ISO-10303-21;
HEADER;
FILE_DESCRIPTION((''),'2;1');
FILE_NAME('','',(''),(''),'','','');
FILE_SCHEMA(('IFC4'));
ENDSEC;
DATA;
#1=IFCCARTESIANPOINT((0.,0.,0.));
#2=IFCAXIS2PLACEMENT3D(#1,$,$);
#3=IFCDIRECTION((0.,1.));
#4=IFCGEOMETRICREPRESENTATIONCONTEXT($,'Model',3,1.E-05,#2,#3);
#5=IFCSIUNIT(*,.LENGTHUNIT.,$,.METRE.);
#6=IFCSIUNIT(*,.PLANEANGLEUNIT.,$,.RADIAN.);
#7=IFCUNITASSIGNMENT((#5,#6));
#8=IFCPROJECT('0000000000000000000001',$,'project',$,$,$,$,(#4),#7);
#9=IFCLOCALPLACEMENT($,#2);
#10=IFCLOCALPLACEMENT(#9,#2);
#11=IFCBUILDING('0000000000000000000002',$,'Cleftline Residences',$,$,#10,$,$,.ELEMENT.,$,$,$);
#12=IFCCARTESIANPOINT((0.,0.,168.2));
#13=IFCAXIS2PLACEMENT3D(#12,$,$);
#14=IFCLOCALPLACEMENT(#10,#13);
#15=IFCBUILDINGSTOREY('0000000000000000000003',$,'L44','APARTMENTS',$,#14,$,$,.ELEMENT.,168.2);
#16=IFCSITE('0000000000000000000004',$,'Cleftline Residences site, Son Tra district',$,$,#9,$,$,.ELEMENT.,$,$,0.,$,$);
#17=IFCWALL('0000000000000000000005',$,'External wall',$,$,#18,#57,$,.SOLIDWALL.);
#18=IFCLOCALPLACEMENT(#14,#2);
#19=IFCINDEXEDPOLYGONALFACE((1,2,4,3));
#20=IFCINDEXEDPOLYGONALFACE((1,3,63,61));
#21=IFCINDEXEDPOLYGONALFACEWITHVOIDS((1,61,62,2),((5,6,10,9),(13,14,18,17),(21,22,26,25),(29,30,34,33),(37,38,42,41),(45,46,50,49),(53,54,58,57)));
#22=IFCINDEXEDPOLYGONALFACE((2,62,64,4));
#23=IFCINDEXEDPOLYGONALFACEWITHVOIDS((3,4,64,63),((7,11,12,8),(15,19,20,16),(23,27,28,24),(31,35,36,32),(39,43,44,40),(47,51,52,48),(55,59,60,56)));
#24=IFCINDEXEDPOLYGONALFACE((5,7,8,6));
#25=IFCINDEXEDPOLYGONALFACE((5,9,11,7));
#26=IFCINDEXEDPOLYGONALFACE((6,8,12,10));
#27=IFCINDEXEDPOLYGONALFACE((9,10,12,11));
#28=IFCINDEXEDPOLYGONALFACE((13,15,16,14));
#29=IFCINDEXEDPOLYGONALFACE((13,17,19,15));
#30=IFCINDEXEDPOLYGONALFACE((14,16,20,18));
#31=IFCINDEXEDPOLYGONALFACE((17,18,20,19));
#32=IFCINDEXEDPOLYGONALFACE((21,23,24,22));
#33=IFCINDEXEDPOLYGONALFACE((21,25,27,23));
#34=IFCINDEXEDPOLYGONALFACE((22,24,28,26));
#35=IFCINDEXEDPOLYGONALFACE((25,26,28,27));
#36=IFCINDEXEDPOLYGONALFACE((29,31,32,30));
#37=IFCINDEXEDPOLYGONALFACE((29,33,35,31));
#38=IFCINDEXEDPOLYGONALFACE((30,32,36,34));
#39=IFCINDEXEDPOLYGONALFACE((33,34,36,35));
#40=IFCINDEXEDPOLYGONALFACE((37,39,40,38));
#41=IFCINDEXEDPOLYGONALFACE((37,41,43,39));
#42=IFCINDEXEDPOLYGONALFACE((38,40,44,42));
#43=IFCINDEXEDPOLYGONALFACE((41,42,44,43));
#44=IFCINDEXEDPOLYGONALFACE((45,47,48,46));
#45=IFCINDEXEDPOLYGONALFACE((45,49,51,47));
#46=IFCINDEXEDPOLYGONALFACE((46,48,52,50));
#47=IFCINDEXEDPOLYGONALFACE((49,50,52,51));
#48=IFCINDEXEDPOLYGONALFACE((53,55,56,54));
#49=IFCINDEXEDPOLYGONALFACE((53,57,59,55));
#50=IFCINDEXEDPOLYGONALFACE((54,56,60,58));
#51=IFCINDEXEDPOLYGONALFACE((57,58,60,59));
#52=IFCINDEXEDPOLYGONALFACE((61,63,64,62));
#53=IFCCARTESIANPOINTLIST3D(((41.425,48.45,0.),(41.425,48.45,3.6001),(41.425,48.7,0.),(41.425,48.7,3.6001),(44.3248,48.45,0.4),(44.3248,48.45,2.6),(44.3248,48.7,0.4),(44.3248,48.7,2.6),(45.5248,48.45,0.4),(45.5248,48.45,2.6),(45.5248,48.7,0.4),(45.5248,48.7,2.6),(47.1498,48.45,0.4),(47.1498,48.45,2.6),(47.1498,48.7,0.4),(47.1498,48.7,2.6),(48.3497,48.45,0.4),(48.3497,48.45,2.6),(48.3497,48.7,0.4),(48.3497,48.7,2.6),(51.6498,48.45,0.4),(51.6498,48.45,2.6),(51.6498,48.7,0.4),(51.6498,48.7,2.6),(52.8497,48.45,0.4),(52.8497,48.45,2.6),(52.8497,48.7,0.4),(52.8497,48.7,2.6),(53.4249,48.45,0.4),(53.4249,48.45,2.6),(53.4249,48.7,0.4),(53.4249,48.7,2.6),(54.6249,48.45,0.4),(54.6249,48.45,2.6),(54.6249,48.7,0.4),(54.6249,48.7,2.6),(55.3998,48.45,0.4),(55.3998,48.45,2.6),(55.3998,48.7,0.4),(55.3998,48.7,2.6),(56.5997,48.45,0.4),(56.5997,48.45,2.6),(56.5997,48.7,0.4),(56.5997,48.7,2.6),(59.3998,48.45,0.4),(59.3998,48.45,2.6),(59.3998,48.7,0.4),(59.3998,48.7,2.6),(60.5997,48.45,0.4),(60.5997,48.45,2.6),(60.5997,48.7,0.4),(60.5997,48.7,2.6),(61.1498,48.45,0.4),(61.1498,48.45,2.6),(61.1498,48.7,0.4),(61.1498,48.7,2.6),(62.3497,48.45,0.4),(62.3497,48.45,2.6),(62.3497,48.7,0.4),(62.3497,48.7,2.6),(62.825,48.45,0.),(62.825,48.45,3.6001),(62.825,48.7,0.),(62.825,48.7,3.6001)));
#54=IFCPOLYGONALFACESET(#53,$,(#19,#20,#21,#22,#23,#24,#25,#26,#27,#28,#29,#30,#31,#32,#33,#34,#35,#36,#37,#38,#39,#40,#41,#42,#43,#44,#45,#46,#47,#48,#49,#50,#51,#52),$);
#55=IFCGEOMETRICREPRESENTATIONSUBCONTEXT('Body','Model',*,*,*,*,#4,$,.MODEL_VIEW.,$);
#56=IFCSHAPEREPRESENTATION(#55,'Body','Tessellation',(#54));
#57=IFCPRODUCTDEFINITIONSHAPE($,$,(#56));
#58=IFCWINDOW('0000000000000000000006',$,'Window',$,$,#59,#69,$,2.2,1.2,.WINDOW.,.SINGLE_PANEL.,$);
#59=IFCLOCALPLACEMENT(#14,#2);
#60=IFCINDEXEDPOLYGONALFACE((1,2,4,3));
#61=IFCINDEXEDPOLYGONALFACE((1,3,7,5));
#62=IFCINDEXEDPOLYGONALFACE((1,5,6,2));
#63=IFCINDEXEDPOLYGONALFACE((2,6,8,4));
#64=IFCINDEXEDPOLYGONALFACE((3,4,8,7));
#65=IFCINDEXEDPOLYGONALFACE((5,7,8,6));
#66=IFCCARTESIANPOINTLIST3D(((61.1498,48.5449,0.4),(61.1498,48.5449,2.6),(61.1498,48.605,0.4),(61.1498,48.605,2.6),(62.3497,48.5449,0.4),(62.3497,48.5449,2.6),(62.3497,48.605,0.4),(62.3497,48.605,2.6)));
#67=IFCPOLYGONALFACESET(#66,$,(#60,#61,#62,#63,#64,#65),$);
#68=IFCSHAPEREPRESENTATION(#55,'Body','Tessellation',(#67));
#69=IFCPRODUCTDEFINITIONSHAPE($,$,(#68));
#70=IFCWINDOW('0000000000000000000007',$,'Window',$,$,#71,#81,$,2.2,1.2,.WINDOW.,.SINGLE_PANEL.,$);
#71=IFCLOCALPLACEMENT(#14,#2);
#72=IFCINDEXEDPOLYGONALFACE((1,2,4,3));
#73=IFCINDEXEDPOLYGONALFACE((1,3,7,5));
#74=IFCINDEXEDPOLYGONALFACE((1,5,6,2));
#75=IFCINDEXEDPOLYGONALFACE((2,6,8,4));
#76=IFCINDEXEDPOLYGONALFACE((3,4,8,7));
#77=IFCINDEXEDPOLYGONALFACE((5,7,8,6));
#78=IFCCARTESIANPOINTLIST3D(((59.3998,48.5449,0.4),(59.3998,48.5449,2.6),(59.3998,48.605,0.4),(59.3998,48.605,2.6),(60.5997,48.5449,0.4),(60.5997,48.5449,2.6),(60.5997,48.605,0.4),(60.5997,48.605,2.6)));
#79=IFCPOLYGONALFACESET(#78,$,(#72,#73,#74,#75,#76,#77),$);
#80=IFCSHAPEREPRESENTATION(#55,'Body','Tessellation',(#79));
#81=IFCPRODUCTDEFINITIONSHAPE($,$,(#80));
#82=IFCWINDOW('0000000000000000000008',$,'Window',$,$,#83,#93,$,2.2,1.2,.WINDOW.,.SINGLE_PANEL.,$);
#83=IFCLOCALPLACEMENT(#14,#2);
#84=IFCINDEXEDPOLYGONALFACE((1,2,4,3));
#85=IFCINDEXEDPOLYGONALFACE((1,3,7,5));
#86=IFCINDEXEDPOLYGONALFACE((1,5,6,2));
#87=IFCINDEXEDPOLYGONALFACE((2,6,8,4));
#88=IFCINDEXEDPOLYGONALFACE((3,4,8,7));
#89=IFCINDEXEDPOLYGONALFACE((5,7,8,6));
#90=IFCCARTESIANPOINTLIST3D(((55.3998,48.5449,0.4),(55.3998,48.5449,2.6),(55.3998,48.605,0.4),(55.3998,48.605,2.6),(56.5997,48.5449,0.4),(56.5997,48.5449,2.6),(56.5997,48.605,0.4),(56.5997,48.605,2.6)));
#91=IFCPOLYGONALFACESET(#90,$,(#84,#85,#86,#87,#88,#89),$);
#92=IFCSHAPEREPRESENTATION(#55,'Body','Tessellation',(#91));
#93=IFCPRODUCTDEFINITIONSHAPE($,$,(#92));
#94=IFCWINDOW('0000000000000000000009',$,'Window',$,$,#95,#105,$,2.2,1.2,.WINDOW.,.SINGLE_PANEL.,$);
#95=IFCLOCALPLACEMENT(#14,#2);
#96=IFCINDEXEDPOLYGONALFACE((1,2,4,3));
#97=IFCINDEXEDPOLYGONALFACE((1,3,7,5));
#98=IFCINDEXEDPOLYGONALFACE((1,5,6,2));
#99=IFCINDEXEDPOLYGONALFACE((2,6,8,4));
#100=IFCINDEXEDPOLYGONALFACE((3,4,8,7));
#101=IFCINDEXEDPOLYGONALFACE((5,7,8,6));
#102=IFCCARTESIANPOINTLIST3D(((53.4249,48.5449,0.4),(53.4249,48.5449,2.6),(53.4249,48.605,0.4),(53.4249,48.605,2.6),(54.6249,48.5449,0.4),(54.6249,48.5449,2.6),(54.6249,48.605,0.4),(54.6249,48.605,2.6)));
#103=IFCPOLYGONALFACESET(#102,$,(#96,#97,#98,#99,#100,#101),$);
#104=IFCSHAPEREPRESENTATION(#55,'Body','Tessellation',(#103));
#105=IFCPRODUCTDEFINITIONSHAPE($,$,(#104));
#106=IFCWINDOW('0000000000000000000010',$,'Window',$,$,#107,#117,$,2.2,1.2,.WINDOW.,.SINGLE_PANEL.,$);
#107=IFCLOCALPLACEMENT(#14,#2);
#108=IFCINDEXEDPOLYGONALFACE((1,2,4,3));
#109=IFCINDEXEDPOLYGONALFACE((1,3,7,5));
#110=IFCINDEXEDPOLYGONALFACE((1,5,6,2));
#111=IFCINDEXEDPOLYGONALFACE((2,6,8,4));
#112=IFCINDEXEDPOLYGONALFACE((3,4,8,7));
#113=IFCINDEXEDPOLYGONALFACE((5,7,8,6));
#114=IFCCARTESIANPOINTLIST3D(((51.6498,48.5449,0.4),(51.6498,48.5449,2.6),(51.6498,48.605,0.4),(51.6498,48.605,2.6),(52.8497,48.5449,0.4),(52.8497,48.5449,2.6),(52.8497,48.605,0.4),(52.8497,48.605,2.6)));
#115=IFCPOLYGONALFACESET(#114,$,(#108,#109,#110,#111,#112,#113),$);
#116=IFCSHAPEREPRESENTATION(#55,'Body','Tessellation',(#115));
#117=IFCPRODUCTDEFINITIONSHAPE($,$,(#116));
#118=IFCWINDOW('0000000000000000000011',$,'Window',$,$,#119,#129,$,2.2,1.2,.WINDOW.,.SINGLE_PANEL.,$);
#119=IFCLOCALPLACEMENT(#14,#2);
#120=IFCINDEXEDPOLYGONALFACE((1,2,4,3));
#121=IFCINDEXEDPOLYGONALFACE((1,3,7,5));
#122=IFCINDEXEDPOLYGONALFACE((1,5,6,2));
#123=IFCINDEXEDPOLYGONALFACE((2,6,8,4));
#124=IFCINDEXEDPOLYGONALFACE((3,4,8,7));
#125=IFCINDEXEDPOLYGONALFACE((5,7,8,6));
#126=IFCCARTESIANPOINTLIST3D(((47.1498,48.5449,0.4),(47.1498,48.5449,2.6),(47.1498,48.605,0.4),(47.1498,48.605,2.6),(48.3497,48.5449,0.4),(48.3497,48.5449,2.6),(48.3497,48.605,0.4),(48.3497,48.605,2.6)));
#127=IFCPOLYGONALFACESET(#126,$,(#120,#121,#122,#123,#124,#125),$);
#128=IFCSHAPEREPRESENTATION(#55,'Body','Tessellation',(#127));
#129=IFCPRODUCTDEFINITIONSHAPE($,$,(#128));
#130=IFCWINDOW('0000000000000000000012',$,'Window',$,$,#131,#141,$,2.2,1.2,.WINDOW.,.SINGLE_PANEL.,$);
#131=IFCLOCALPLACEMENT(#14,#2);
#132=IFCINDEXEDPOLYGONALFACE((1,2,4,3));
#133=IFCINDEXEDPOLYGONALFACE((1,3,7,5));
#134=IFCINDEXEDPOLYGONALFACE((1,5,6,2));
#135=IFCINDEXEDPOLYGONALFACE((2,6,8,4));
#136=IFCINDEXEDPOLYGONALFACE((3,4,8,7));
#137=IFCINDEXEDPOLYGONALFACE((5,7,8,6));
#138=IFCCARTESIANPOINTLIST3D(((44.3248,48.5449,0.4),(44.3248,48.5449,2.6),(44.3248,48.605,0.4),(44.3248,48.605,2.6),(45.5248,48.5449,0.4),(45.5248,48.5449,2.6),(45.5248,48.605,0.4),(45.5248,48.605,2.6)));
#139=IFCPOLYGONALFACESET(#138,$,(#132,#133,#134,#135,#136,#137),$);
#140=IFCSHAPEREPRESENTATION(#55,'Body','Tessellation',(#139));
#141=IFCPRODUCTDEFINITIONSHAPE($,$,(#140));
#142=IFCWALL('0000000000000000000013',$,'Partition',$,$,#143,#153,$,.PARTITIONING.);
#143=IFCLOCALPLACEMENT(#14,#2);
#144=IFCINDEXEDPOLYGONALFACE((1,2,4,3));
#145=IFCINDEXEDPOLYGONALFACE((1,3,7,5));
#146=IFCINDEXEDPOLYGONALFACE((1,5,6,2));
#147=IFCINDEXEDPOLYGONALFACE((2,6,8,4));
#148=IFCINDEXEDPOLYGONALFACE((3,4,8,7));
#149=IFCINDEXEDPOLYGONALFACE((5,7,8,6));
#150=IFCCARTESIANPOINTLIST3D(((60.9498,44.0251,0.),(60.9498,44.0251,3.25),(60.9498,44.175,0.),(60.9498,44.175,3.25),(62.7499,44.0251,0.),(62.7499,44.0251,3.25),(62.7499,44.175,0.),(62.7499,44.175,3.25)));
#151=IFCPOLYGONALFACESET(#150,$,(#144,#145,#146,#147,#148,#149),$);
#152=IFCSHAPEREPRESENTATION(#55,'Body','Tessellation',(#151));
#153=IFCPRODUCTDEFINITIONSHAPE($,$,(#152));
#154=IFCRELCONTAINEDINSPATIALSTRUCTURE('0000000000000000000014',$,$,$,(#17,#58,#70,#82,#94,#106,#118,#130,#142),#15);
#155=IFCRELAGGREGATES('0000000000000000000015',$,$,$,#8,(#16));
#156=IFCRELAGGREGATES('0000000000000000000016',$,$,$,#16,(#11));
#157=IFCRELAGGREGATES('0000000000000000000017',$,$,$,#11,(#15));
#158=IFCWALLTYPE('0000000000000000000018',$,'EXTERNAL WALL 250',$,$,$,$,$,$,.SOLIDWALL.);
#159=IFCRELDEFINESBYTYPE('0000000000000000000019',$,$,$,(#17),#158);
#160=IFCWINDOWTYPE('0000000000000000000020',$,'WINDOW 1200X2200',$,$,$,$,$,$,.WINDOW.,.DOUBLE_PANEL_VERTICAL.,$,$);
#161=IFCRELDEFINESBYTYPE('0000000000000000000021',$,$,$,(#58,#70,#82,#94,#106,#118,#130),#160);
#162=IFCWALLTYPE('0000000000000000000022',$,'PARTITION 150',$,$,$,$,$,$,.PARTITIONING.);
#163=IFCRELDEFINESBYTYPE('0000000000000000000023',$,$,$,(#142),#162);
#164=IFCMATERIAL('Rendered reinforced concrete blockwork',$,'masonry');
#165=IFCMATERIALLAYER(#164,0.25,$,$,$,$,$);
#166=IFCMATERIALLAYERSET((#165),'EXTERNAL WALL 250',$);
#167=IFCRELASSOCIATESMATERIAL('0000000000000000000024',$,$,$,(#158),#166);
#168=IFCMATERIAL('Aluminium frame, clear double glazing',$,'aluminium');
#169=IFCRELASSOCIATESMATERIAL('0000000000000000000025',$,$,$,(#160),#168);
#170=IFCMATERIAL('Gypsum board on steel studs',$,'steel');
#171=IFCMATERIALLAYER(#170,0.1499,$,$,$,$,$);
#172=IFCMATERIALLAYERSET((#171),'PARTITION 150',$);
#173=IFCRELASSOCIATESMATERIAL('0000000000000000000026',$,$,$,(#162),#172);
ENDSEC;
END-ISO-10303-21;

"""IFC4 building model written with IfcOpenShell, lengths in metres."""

from ifc_helpers import new_model, si_unit, direction, frame, frame_2d, origin, place, context, subcontext, project, spatial, rectangle, extrude, material, layer, layer_set, type_object, element, fill, save


model = new_model("IFC4")

# Units and contexts
model_context = context("Model", 3, precision=1e-05, world=origin(), true_north=direction((0.0, 1.0)))
body_context = subcontext(model_context, "Body", "Model", "MODEL_VIEW")
ifc_project = project(units=[si_unit("LENGTHUNIT", "METRE"), si_unit("PLANEANGLEUNIT", "RADIAN")], contexts=[model_context])

# Site, building, storey
site_placement = place(None, origin())
site = spatial("IfcSite", under=ifc_project, at=site_placement, Name="Cleftline Residences site, Son Tra district", CompositionType="ELEMENT", RefElevation=0.0)
building_placement = place(site_placement, origin())
building = spatial("IfcBuilding", under=site, at=building_placement, Name="Cleftline Residences", CompositionType="ELEMENT")
storey_placement = place(building_placement, frame((0.0, 0.0, 168.2)))
storey = spatial("IfcBuildingStorey", under=building, at=storey_placement, Name="L44", Description="APARTMENTS", CompositionType="ELEMENT", Elevation=168.2)

# Shared definitions
ifc_material_1 = material(Name="Rendered reinforced concrete blockwork", Category="masonry")
ifc_layer_1 = layer(ifc_material_1, 0.25)
ifc_layer_set_1 = layer_set([ifc_layer_1], Name="EXTERNAL WALL 250")
wall_type_1 = type_object("IfcWallType", Name="EXTERNAL WALL 250", PredefinedType="SOLIDWALL", material=ifc_layer_set_1)

# Wall, openings, windows
wall_1_placement = place(storey_placement, frame((62.825, 48.575, 0.0), z_axis=(0.0, 0.0, 1.0), x_axis=(-1.0, 0.0, 0.0)))
wall_1 = element("IfcWall", 1, at=wall_1_placement, inside=storey, type_object=wall_type_1, Name="External wall", PredefinedType="SOLIDWALL", context=body_context, shape_type="SweptSolid", body=[
    extrude(rectangle(XDim=21.3999, YDim=0.25, at=frame_2d((10.7, 0.0))), origin(), (0.0, 0.0, 1.0), 3.6001),
])
opening_1_placement = place(wall_1_placement, frame((0.4751, 0.0, 0.3999)))
opening_1 = element("IfcOpeningElement", 2, at=opening_1_placement, cuts=wall_1, PredefinedType="OPENING", context=body_context, shape_type="SweptSolid", body=[
    extrude(rectangle(XDim=1.2, YDim=2.2, at=frame_2d((0.6001, 1.1001))), frame((0.0, 0.135, 0.0), z_axis=(0.0, -1.0, 0.0), x_axis=(1.0, 0.0, 0.0)), (0.0, 0.0, 1.0), 0.27),
])
opening_2_placement = place(wall_1_placement, frame((2.2251, 0.0, 0.3999)))
opening_2 = element("IfcOpeningElement", 3, at=opening_2_placement, cuts=wall_1, PredefinedType="OPENING", context=body_context, shape_type="SweptSolid", body=[
    extrude(rectangle(XDim=1.2, YDim=2.2, at=frame_2d((0.6001, 1.1001))), frame((0.0, 0.135, 0.0), z_axis=(0.0, -1.0, 0.0), x_axis=(1.0, 0.0, 0.0)), (0.0, 0.0, 1.0), 0.27),
])
opening_3_placement = place(wall_1_placement, frame((6.2251, 0.0, 0.3999)))
opening_3 = element("IfcOpeningElement", 4, at=opening_3_placement, cuts=wall_1, PredefinedType="OPENING", context=body_context, shape_type="SweptSolid", body=[
    extrude(rectangle(XDim=1.2, YDim=2.2, at=frame_2d((0.6001, 1.1001))), frame((0.0, 0.135, 0.0), z_axis=(0.0, -1.0, 0.0), x_axis=(1.0, 0.0, 0.0)), (0.0, 0.0, 1.0), 0.27),
])
opening_4_placement = place(wall_1_placement, frame((8.2, 0.0, 0.3999)))
opening_4 = element("IfcOpeningElement", 5, at=opening_4_placement, cuts=wall_1, PredefinedType="OPENING", context=body_context, shape_type="SweptSolid", body=[
    extrude(rectangle(XDim=1.2, YDim=2.2, at=frame_2d((0.6001, 1.1001))), frame((0.0, 0.135, 0.0), z_axis=(0.0, -1.0, 0.0), x_axis=(1.0, 0.0, 0.0)), (0.0, 0.0, 1.0), 0.27),
])
opening_5_placement = place(wall_1_placement, frame((9.9751, 0.0, 0.3999)))
opening_5 = element("IfcOpeningElement", 6, at=opening_5_placement, cuts=wall_1, PredefinedType="OPENING", context=body_context, shape_type="SweptSolid", body=[
    extrude(rectangle(XDim=1.2, YDim=2.2, at=frame_2d((0.6001, 1.1001))), frame((0.0, 0.135, 0.0), z_axis=(0.0, -1.0, 0.0), x_axis=(1.0, 0.0, 0.0)), (0.0, 0.0, 1.0), 0.27),
])
opening_6_placement = place(wall_1_placement, frame((14.4751, 0.0, 0.3999)))
opening_6 = element("IfcOpeningElement", 7, at=opening_6_placement, cuts=wall_1, PredefinedType="OPENING", context=body_context, shape_type="SweptSolid", body=[
    extrude(rectangle(XDim=1.2, YDim=2.2, at=frame_2d((0.6001, 1.1001))), frame((0.0, 0.135, 0.0), z_axis=(0.0, -1.0, 0.0), x_axis=(1.0, 0.0, 0.0)), (0.0, 0.0, 1.0), 0.27),
])
opening_7_placement = place(wall_1_placement, frame((17.3, 0.0, 0.3999)))
opening_7 = element("IfcOpeningElement", 8, at=opening_7_placement, cuts=wall_1, PredefinedType="OPENING", context=body_context, shape_type="SweptSolid", body=[
    extrude(rectangle(XDim=1.2, YDim=2.2, at=frame_2d((0.6001, 1.1001))), frame((0.0, 0.135, 0.0), z_axis=(0.0, -1.0, 0.0), x_axis=(1.0, 0.0, 0.0)), (0.0, 0.0, 1.0), 0.27),
])
ifc_material_2 = material(Name="Aluminium frame, clear double glazing", Category="aluminium")
window_type_1 = type_object("IfcWindowType", Name="WINDOW 1200X2200", PartitioningType="DOUBLE_PANEL_VERTICAL", PredefinedType="WINDOW", material=ifc_material_2)
window_1_placement = place(opening_1_placement, origin())
window_1 = element("IfcWindow", 9, at=window_1_placement, inside=storey, type_object=window_type_1, Name="Window", OverallHeight=2.2, OverallWidth=1.2, PartitioningType="SINGLE_PANEL", PredefinedType="WINDOW", context=body_context, shape_type="SweptSolid", body=[
    extrude(rectangle(XDim=1.2, YDim=2.2, at=frame_2d((0.6001, 1.1001))), frame((0.0, 0.03, 0.0), z_axis=(0.0, -1.0, 0.0), x_axis=(1.0, 0.0, 0.0)), (0.0, 0.0, 1.0), 0.0601),
])
fill(opening_1, window_1)
window_2_placement = place(opening_2_placement, origin())
window_2 = element("IfcWindow", 10, at=window_2_placement, inside=storey, type_object=window_type_1, Name="Window", OverallHeight=2.2, OverallWidth=1.2, PartitioningType="SINGLE_PANEL", PredefinedType="WINDOW", context=body_context, shape_type="SweptSolid", body=[
    extrude(rectangle(XDim=1.2, YDim=2.2, at=frame_2d((0.6001, 1.1001))), frame((0.0, 0.03, 0.0), z_axis=(0.0, -1.0, 0.0), x_axis=(1.0, 0.0, 0.0)), (0.0, 0.0, 1.0), 0.0601),
])
fill(opening_2, window_2)
window_3_placement = place(opening_3_placement, origin())
window_3 = element("IfcWindow", 11, at=window_3_placement, inside=storey, type_object=window_type_1, Name="Window", OverallHeight=2.2, OverallWidth=1.2, PartitioningType="SINGLE_PANEL", PredefinedType="WINDOW", context=body_context, shape_type="SweptSolid", body=[
    extrude(rectangle(XDim=1.2, YDim=2.2, at=frame_2d((0.6001, 1.1001))), frame((0.0, 0.03, 0.0), z_axis=(0.0, -1.0, 0.0), x_axis=(1.0, 0.0, 0.0)), (0.0, 0.0, 1.0), 0.0601),
])
fill(opening_3, window_3)
window_4_placement = place(opening_4_placement, origin())
window_4 = element("IfcWindow", 12, at=window_4_placement, inside=storey, type_object=window_type_1, Name="Window", OverallHeight=2.2, OverallWidth=1.2, PartitioningType="SINGLE_PANEL", PredefinedType="WINDOW", context=body_context, shape_type="SweptSolid", body=[
    extrude(rectangle(XDim=1.2, YDim=2.2, at=frame_2d((0.6001, 1.1001))), frame((0.0, 0.03, 0.0), z_axis=(0.0, -1.0, 0.0), x_axis=(1.0, 0.0, 0.0)), (0.0, 0.0, 1.0), 0.0601),
])
fill(opening_4, window_4)
window_5_placement = place(opening_5_placement, origin())
window_5 = element("IfcWindow", 13, at=window_5_placement, inside=storey, type_object=window_type_1, Name="Window", OverallHeight=2.2, OverallWidth=1.2, PartitioningType="SINGLE_PANEL", PredefinedType="WINDOW", context=body_context, shape_type="SweptSolid", body=[
    extrude(rectangle(XDim=1.2, YDim=2.2, at=frame_2d((0.6001, 1.1001))), frame((0.0, 0.03, 0.0), z_axis=(0.0, -1.0, 0.0), x_axis=(1.0, 0.0, 0.0)), (0.0, 0.0, 1.0), 0.0601),
])
fill(opening_5, window_5)
window_6_placement = place(opening_6_placement, origin())
window_6 = element("IfcWindow", 14, at=window_6_placement, inside=storey, type_object=window_type_1, Name="Window", OverallHeight=2.2, OverallWidth=1.2, PartitioningType="SINGLE_PANEL", PredefinedType="WINDOW", context=body_context, shape_type="SweptSolid", body=[
    extrude(rectangle(XDim=1.2, YDim=2.2, at=frame_2d((0.6001, 1.1001))), frame((0.0, 0.03, 0.0), z_axis=(0.0, -1.0, 0.0), x_axis=(1.0, 0.0, 0.0)), (0.0, 0.0, 1.0), 0.0601),
])
fill(opening_6, window_6)
window_7_placement = place(opening_7_placement, origin())
window_7 = element("IfcWindow", 15, at=window_7_placement, inside=storey, type_object=window_type_1, Name="Window", OverallHeight=2.2, OverallWidth=1.2, PartitioningType="SINGLE_PANEL", PredefinedType="WINDOW", context=body_context, shape_type="SweptSolid", body=[
    extrude(rectangle(XDim=1.2, YDim=2.2, at=frame_2d((0.6001, 1.1001))), frame((0.0, 0.03, 0.0), z_axis=(0.0, -1.0, 0.0), x_axis=(1.0, 0.0, 0.0)), (0.0, 0.0, 1.0), 0.0601),
])
fill(opening_7, window_7)

# Wall
ifc_material_3 = material(Name="Gypsum board on steel studs", Category="steel")
ifc_layer_2 = layer(ifc_material_3, 0.1499)
ifc_layer_set_2 = layer_set([ifc_layer_2], Name="PARTITION 150")
wall_type_2 = type_object("IfcWallType", Name="PARTITION 150", PredefinedType="PARTITIONING", material=ifc_layer_set_2)
wall_2_placement = place(storey_placement, frame((60.95, 44.1001, 0.0), z_axis=(0.0, 0.0, 1.0), x_axis=(1.0, 0.0, 0.0)))
element("IfcWall", 16, at=wall_2_placement, inside=storey, type_object=wall_type_2, Name="Partition", PredefinedType="PARTITIONING", context=body_context, shape_type="SweptSolid", body=[
    extrude(rectangle(XDim=1.8, YDim=0.1499, at=frame_2d((0.8999, 0.0))), origin(), (0.0, 0.0, 1.0), 3.25),
])

save(model, "model.ifc")
